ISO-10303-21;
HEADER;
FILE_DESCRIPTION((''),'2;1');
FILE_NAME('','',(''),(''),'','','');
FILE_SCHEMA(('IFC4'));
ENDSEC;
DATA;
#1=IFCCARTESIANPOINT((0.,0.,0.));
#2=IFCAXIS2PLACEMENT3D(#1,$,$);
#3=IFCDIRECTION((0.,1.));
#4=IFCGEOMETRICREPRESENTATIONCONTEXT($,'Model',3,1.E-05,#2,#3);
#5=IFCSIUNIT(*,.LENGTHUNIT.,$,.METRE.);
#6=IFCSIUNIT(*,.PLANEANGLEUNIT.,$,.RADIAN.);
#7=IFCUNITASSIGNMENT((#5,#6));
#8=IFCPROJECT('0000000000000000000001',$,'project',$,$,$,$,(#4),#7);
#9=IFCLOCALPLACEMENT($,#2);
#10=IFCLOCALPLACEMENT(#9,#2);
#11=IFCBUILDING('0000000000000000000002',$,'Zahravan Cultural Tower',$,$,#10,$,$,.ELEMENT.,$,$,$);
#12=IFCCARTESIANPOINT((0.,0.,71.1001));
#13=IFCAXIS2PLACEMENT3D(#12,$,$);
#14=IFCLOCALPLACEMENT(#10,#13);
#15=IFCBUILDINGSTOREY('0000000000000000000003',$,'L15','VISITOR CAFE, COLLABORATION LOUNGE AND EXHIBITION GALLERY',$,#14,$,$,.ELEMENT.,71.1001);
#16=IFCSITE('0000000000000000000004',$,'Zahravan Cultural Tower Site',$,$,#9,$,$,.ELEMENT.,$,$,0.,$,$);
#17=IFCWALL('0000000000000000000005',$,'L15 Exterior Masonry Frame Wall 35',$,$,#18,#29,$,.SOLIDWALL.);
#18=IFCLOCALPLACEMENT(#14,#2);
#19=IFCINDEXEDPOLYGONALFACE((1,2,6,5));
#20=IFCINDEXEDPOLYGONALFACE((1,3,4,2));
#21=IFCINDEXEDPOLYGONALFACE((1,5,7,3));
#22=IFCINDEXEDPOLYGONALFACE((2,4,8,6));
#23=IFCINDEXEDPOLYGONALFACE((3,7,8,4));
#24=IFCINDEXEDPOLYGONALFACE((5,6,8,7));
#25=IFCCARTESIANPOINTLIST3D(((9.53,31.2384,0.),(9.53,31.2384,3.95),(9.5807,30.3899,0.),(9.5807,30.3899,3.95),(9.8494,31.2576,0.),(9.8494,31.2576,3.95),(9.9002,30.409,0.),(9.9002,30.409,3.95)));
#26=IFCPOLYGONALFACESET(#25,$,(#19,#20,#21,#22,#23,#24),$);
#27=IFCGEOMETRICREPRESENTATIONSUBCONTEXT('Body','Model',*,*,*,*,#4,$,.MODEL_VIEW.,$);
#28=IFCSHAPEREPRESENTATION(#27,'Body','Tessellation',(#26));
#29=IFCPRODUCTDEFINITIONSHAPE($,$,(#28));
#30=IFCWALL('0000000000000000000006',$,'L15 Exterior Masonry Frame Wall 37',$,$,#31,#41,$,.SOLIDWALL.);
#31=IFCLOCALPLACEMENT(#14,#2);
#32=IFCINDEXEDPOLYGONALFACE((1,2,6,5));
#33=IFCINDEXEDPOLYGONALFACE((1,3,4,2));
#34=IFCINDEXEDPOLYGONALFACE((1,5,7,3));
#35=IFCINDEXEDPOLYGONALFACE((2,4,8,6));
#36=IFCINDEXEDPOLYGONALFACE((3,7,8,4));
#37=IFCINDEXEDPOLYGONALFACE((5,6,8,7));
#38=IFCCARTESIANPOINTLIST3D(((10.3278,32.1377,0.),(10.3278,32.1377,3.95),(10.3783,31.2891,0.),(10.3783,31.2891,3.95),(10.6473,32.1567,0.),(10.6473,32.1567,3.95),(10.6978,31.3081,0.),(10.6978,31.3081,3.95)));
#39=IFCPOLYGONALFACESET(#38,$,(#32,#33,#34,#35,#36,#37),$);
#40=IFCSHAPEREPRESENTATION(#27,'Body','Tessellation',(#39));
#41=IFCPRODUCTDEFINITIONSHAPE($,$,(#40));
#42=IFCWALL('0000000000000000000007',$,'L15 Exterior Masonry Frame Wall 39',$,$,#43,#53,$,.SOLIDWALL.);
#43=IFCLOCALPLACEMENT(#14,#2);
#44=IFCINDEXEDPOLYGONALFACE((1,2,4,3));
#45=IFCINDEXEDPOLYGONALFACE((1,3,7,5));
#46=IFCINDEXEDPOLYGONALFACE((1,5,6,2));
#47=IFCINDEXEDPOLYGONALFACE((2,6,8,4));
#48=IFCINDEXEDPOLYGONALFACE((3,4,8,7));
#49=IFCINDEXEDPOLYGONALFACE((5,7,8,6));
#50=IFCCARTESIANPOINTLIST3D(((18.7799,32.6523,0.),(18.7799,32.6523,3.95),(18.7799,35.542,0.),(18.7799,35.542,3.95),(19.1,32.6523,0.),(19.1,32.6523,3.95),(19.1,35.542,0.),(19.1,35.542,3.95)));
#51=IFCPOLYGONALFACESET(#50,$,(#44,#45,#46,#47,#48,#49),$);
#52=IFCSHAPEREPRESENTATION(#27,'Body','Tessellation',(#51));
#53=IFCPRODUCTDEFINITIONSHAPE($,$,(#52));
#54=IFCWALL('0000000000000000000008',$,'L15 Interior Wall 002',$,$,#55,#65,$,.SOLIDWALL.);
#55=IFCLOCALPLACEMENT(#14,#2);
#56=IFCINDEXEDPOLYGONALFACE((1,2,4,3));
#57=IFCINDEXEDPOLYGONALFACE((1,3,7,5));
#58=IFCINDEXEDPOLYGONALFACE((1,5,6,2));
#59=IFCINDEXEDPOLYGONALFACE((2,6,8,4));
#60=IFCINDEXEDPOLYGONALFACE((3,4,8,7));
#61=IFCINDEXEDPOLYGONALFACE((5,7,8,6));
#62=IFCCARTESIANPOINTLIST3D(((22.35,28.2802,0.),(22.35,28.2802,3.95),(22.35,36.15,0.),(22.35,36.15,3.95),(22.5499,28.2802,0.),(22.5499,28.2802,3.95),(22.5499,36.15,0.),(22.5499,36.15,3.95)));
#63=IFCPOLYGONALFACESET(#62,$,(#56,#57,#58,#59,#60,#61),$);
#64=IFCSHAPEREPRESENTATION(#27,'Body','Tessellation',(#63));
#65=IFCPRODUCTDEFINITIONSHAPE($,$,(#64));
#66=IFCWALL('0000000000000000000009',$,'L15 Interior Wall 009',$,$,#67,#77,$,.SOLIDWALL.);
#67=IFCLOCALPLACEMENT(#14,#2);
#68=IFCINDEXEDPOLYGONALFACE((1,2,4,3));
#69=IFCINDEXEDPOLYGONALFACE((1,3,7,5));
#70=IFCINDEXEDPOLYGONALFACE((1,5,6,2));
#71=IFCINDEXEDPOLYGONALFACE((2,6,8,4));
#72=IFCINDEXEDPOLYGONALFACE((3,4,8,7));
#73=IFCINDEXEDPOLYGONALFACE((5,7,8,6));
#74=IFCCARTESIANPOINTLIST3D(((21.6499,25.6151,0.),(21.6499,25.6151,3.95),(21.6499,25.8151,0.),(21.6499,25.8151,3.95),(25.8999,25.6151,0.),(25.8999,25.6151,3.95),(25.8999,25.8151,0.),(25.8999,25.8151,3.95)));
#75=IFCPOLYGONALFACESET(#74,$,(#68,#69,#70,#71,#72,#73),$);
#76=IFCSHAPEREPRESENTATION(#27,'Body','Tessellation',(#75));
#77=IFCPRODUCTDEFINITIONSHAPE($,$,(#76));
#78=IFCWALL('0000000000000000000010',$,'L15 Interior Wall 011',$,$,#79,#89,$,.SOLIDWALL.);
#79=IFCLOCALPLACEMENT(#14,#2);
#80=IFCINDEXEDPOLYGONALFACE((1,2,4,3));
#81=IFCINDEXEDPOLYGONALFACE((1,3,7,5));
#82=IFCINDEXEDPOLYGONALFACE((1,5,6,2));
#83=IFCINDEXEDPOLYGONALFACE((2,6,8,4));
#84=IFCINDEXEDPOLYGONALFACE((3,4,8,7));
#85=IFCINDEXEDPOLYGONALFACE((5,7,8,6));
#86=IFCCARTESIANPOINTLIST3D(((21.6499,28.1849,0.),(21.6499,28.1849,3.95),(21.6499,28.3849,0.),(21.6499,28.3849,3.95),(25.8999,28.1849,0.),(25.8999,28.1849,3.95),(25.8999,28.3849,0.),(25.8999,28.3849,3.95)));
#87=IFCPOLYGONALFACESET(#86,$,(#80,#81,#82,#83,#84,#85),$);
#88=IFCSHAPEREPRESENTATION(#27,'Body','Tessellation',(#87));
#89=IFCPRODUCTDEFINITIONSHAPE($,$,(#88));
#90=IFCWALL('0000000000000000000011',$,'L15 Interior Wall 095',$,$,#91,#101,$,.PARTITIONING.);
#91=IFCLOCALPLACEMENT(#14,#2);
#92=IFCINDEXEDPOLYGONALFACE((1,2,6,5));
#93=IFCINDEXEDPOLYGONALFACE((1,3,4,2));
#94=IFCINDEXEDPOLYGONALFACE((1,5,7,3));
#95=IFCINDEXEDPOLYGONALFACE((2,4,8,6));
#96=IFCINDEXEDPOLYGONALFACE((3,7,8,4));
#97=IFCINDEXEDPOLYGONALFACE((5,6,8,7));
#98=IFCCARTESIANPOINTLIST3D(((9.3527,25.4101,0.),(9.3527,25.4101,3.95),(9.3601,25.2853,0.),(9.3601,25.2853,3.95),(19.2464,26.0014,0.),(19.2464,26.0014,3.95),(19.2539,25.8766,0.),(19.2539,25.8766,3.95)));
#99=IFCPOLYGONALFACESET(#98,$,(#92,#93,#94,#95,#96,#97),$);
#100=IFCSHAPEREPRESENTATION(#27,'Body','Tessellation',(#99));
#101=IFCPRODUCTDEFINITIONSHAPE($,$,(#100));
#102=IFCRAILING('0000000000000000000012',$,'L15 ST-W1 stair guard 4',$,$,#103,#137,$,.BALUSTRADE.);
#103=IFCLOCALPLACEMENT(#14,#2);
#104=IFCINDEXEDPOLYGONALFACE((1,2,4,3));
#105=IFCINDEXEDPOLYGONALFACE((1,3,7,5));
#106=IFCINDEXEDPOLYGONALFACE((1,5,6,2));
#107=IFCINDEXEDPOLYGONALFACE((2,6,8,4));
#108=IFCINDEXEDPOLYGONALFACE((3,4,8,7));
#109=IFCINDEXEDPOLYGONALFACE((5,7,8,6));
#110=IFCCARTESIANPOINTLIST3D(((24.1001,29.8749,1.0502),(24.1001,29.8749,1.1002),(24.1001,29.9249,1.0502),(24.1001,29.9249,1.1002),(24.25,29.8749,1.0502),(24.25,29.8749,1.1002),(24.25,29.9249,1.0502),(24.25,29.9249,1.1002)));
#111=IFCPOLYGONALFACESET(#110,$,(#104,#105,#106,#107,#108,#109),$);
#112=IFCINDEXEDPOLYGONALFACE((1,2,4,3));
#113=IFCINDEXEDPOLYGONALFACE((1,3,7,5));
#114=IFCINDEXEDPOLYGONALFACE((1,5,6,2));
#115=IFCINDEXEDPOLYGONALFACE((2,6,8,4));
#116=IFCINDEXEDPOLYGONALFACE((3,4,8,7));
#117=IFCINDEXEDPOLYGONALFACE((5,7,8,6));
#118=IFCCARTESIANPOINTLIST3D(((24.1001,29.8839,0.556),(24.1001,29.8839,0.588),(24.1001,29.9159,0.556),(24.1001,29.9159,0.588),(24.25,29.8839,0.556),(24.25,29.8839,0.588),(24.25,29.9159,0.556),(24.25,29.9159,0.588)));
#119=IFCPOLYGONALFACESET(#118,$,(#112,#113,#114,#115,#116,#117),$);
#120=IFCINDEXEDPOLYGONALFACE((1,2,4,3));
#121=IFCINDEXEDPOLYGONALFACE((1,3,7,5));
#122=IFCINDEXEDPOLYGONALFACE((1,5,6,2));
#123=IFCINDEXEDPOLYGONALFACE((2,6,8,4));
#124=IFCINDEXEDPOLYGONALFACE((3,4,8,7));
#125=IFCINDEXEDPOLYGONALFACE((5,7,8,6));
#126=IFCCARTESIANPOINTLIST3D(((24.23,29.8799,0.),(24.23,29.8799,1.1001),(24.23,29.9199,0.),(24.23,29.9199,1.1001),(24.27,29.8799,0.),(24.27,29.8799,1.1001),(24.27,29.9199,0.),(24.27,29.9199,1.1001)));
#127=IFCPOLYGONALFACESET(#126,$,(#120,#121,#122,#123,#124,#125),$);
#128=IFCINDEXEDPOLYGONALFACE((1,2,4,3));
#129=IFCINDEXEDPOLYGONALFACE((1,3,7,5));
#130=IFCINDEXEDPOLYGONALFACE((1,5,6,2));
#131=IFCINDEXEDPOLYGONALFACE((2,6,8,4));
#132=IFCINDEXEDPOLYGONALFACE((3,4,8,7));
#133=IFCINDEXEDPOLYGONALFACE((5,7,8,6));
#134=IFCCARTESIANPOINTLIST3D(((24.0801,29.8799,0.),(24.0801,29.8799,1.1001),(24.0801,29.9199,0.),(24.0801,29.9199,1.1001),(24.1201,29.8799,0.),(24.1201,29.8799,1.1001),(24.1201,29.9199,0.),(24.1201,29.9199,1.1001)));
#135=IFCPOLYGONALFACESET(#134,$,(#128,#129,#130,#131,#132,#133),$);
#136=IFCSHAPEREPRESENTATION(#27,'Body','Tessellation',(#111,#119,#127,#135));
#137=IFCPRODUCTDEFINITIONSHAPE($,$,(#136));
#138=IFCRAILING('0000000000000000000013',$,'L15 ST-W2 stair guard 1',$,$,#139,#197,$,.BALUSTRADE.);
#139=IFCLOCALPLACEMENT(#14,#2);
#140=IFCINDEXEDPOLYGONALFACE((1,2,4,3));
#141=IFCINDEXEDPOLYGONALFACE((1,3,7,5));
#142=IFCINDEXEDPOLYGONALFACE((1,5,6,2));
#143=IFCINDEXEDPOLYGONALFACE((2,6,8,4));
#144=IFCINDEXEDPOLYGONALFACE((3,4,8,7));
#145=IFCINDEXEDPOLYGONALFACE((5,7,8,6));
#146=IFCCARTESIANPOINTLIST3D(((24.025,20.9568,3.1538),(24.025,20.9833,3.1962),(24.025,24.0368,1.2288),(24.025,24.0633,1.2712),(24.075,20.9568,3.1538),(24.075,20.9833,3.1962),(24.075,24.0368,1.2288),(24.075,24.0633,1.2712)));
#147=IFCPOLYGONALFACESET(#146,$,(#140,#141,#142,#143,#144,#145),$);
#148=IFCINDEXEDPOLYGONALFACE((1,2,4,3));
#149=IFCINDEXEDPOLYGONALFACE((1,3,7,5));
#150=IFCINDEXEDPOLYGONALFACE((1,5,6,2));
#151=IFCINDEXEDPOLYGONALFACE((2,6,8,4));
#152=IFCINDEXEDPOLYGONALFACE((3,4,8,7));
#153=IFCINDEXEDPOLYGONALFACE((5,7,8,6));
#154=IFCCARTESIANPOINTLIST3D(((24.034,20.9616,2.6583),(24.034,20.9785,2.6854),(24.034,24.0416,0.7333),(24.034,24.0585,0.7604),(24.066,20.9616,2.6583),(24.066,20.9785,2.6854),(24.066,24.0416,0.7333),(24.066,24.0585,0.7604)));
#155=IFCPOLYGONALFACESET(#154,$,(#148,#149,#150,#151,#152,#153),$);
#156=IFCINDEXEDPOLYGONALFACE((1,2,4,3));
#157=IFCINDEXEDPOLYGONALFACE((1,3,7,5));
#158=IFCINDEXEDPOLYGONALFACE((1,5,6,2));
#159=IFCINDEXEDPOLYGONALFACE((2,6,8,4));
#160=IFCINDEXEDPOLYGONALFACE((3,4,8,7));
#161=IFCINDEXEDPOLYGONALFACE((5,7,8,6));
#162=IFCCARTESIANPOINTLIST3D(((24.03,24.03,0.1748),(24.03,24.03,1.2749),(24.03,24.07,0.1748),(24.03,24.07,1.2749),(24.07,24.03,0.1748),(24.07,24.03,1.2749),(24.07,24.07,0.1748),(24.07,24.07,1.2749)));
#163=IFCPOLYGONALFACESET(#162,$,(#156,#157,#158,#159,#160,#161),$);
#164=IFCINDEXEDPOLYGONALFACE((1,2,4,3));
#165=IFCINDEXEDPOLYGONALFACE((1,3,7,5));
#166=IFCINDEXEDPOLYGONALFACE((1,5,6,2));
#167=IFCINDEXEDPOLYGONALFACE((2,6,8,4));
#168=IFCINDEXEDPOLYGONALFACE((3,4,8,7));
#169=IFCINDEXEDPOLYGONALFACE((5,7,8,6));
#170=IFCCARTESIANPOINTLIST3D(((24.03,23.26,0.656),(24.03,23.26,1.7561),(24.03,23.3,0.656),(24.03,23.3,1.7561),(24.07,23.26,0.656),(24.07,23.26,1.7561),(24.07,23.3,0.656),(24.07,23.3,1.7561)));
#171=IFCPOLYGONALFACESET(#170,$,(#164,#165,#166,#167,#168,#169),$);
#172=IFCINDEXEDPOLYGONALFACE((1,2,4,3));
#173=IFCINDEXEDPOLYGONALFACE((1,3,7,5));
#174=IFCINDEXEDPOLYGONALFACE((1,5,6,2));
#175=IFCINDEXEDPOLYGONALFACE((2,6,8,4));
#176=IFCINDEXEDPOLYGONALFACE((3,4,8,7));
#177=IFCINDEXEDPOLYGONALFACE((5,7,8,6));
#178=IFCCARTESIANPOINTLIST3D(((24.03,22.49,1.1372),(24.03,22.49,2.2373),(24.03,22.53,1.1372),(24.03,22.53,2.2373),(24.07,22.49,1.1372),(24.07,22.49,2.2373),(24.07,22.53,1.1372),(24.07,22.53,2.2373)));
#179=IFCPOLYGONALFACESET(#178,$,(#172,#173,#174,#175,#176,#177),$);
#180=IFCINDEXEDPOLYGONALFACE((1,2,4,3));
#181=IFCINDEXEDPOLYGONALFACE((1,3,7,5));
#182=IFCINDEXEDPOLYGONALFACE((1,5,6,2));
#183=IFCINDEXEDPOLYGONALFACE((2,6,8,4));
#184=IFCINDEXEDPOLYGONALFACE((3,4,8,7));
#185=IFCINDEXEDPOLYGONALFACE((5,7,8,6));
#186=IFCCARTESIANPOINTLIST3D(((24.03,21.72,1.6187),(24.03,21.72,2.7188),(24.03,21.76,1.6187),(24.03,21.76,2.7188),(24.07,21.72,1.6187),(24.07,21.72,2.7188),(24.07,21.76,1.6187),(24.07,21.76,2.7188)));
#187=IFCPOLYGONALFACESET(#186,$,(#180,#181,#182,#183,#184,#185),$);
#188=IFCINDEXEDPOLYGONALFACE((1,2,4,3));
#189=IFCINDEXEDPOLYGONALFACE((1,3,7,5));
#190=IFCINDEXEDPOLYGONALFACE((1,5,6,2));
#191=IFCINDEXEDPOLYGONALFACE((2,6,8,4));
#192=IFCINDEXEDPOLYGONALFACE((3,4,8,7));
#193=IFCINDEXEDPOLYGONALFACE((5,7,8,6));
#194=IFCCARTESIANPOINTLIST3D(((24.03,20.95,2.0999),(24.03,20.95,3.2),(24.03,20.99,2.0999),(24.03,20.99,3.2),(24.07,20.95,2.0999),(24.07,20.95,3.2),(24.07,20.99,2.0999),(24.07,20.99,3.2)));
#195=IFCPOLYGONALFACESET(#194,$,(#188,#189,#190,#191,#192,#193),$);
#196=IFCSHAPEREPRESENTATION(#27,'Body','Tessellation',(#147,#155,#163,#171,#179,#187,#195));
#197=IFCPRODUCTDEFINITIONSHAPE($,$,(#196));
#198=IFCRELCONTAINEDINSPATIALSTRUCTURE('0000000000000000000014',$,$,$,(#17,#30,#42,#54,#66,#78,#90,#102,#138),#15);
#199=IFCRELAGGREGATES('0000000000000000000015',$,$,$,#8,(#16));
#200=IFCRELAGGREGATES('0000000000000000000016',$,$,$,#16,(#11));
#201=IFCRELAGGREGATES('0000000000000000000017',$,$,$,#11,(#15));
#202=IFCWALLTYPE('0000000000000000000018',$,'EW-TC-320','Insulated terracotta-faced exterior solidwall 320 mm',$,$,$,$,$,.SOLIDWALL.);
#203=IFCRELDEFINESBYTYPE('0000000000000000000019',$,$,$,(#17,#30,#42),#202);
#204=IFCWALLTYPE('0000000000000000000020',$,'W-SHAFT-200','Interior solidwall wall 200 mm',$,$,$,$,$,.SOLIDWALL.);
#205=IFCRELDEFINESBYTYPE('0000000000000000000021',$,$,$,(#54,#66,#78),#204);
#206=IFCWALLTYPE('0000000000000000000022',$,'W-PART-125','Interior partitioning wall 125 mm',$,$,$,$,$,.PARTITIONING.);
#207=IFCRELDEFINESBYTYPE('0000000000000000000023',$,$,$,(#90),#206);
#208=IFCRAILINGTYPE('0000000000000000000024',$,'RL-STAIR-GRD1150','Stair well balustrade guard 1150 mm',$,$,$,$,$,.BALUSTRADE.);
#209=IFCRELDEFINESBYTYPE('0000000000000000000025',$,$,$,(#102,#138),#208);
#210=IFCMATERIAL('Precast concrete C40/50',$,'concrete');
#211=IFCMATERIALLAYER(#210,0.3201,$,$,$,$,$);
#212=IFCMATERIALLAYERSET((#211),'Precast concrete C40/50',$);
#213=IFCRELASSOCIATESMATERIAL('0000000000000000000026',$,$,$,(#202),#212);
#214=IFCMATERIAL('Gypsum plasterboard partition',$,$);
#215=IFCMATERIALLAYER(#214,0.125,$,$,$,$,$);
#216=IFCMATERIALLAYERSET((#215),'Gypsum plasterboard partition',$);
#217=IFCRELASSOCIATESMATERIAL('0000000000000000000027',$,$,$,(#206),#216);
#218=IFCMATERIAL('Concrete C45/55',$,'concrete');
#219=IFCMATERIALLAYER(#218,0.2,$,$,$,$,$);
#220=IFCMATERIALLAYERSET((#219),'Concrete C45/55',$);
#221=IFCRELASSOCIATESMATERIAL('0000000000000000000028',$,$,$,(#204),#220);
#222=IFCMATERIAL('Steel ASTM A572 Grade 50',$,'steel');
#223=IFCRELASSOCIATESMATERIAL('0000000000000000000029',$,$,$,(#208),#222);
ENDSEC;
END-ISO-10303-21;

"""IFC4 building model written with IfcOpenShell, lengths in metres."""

from ifc_helpers import new_model, si_unit, direction, frame, frame_2d, origin, origin_2d, place, context, subcontext, project, spatial, rectangle, extrude, source, transform, mapped, material, layer, layer_set, type_object, element, save


model = new_model("IFC4")

# Units and contexts
model_context = context("Model", 3, precision=1e-05, world=origin(), true_north=direction((0.0, 1.0)))
body_context = subcontext(model_context, "Body", "Model", "MODEL_VIEW")
ifc_project = project(units=[si_unit("LENGTHUNIT", "METRE"), si_unit("PLANEANGLEUNIT", "RADIAN")], contexts=[model_context])

# Site, building, storey
site_placement = place(None, origin())
site = spatial("IfcSite", under=ifc_project, at=site_placement, Name="Zahravan Cultural Tower Site", CompositionType="ELEMENT", RefElevation=0.0)
building_placement = place(site_placement, origin())
building = spatial("IfcBuilding", under=site, at=building_placement, Name="Zahravan Cultural Tower", CompositionType="ELEMENT")
storey_placement = place(building_placement, frame((0.0, 0.0, 71.1001)))
storey = spatial("IfcBuildingStorey", under=building, at=storey_placement, Name="L15", Description="VISITOR CAFE, COLLABORATION LOUNGE AND EXHIBITION GALLERY", CompositionType="ELEMENT", Elevation=71.1001)

# Shared definitions
ifc_material_1 = material(Name="Steel ASTM A572 Grade 50", Category="steel")

# Shared definitions
ifc_material_2 = material(Name="Precast concrete C40/50", Category="concrete")
ifc_layer_1 = layer(ifc_material_2, 0.3201)
ifc_layer_set_1 = layer_set([ifc_layer_1], Name="Precast concrete C40/50")
wall_type_1 = type_object("IfcWallType", Name="EW-TC-320", Description="Insulated terracotta-faced exterior solidwall 320 mm", PredefinedType="SOLIDWALL", material=ifc_layer_set_1)

# Shared definitions
ifc_material_3 = material(Name="Gypsum plasterboard partition")
ifc_layer_2 = layer(ifc_material_3, 0.125)
ifc_layer_set_2 = layer_set([ifc_layer_2], Name="Gypsum plasterboard partition")
wall_type_2 = type_object("IfcWallType", Name="W-PART-125", Description="Interior partitioning wall 125 mm", PredefinedType="PARTITIONING", material=ifc_layer_set_2)

# Walls
shared_shape_1 = source(origin(), body_context, "Body", "SweptSolid", [
    extrude(rectangle(XDim=0.8501, YDim=0.3201, at=frame_2d((0.425, 0.0))), origin(), (0.0, 0.0, 1.0), 3.95),
])
for number, where, z_axis, x_axis, name in (
    (1, (9.7405, 30.3994, 0.0), (0.0, 0.0, 1.0), (-0.059732, 0.998214, 0.0), "L15 Exterior Masonry Frame Wall 35"),
    (2, (10.5381, 31.2986, 0.0), (0.0, 0.0, 1.0), (-0.059446, 0.998232, 0.0), "L15 Exterior Masonry Frame Wall 37"),
):
    element("IfcWall", number, at=place(storey_placement, frame(where, z_axis=z_axis, x_axis=x_axis)), inside=storey, type_object=wall_type_1, Name=name, PredefinedType="SOLIDWALL", context=body_context, shape_type="MappedRepresentation", body=[
        mapped(shared_shape_1, transform((0.0, 0.0, 0.0), x_axis=(1.0, 0.0, 0.0), y_axis=(0.0, 1.0, 0.0), z_axis=(0.0, 0.0, 1.0), scale=1.0)),
    ])
shared_shape_2 = source(origin(), body_context, "Body", "SweptSolid", [
    extrude(rectangle(XDim=2.8896, YDim=0.3201, at=frame_2d((1.4448, 0.0))), origin(), (0.0, 0.0, 1.0), 3.95),
])
wall_1_placement = place(storey_placement, frame((18.9399, 32.6523, 0.0), z_axis=(0.0, 0.0, 1.0), x_axis=(0.0, 1.0, 0.0)))
element("IfcWall", 3, at=wall_1_placement, inside=storey, type_object=wall_type_1, Name="L15 Exterior Masonry Frame Wall 39", PredefinedType="SOLIDWALL", context=body_context, shape_type="MappedRepresentation", body=[
    mapped(shared_shape_2, transform((0.0, 0.0, 0.0), x_axis=(1.0, 0.0, 0.0), y_axis=(0.0, 1.0, 0.0), z_axis=(0.0, 0.0, 1.0), scale=1.0)),
])
ifc_material_4 = material(Name="Concrete C45/55", Category="concrete")
ifc_layer_3 = layer(ifc_material_4, 0.2)
ifc_layer_set_3 = layer_set([ifc_layer_3], Name="Concrete C45/55")
wall_type_3 = type_object("IfcWallType", Name="W-SHAFT-200", Description="Interior solidwall wall 200 mm", PredefinedType="SOLIDWALL", material=ifc_layer_set_3)
shared_shape_3 = source(origin(), body_context, "Body", "SweptSolid", [
    extrude(rectangle(XDim=7.8699, YDim=0.2, at=frame_2d((3.9351, 0.0))), origin(), (0.0, 0.0, 1.0), 3.95),
])
wall_2_placement = place(storey_placement, frame((22.45, 28.28, 0.0), z_axis=(0.0, 0.0, 1.0), x_axis=(0.0, 1.0, 0.0)))
element("IfcWall", 4, at=wall_2_placement, inside=storey, type_object=wall_type_3, Name="L15 Interior Wall 002", PredefinedType="SOLIDWALL", context=body_context, shape_type="MappedRepresentation", body=[
    mapped(shared_shape_3, transform((0.0, 0.0, 0.0), x_axis=(1.0, 0.0, 0.0), y_axis=(0.0, 1.0, 0.0), z_axis=(0.0, 0.0, 1.0), scale=1.0)),
])
shared_shape_4 = source(origin(), body_context, "Body", "SweptSolid", [
    extrude(rectangle(XDim=4.25, YDim=0.2, at=frame_2d((2.125, 0.0))), origin(), (0.0, 0.0, 1.0), 3.95),
])
for number, where, z_axis, x_axis, name in (
    (5, (21.6499, 25.7151, 0.0), (0.0, 0.0, 1.0), (1.0, 0.0, 0.0), "L15 Interior Wall 009"),
    (6, (21.6499, 28.2849, 0.0), (0.0, 0.0, 1.0), (1.0, 0.0, 0.0), "L15 Interior Wall 011"),
):
    element("IfcWall", number, at=place(storey_placement, frame(where, z_axis=z_axis, x_axis=x_axis)), inside=storey, type_object=wall_type_3, Name=name, PredefinedType="SOLIDWALL", context=body_context, shape_type="MappedRepresentation", body=[
        mapped(shared_shape_4, transform((0.0, 0.0, 0.0), x_axis=(1.0, 0.0, 0.0), y_axis=(0.0, 1.0, 0.0), z_axis=(0.0, 0.0, 1.0), scale=1.0)),
    ])
shared_shape_5 = source(origin(), body_context, "Body", "SweptSolid", [
    extrude(rectangle(XDim=9.9114, YDim=0.125, at=frame_2d((4.9556, 0.0))), origin(), (0.0, 0.0, 1.0), 3.95),
])
wall_3_placement = place(storey_placement, frame((19.25, 25.939, 0.0), z_axis=(0.0, 0.0, 1.0), x_axis=(-0.998219, -0.059659, 0.0)))
element("IfcWall", 7, at=wall_3_placement, inside=storey, type_object=wall_type_2, Name="L15 Interior Wall 095", PredefinedType="PARTITIONING", context=body_context, shape_type="MappedRepresentation", body=[
    mapped(shared_shape_5, transform((0.0, 0.0, 0.0), x_axis=(1.0, 0.0, 0.0), y_axis=(0.0, 1.0, 0.0), z_axis=(0.0, 0.0, 1.0), scale=1.0)),
])

# Railings
railing_type = type_object("IfcRailingType", Name="RL-STAIR-GRD1150", Description="Stair well balustrade guard 1150 mm", PredefinedType="BALUSTRADE", material=ifc_material_1)
railing_1_placement = place(storey_placement, frame((24.25, 29.8999, 0.0)))
element("IfcRailing", 8, at=railing_1_placement, inside=storey, type_object=railing_type, Name="L15 ST-W1 stair guard 4", PredefinedType="BALUSTRADE", context=body_context, shape_type="SweptSolid", body=[
    extrude(rectangle(XDim=0.05, YDim=0.05, at=origin_2d()), frame((0.0, 0.0, 1.0752), z_axis=(-1.0, 0.0, 0.0), x_axis=(0.0, -1.0, 0.0)), (0.0, 0.0, 1.0), 0.1499),
    extrude(rectangle(XDim=0.032, YDim=0.032, at=origin_2d()), frame((0.0, 0.0, 0.572), z_axis=(-1.0, 0.0, 0.0), x_axis=(0.0, -1.0, 0.0)), (0.0, 0.0, 1.0), 0.1499),
    extrude(rectangle(XDim=0.04, YDim=0.04, at=origin_2d()), origin(), (0.0, 0.0, 1.0), 1.1001),
    extrude(rectangle(XDim=0.04, YDim=0.04, at=origin_2d()), frame((-0.1499, 0.0, 0.0)), (0.0, 0.0, 1.0), 1.1001),
])
railing_2_placement = place(storey_placement, frame((24.05, 24.05, 0.1748)))
element("IfcRailing", 9, at=railing_2_placement, inside=storey, type_object=railing_type, Name="L15 ST-W2 stair guard 1", PredefinedType="BALUSTRADE", context=body_context, shape_type="SweptSolid", body=[
    extrude(rectangle(XDim=0.05, YDim=0.05, at=origin_2d()), frame((0.0, 0.0, 1.0752), z_axis=(0.0, -0.847998, 0.529999), x_axis=(1.0, 0.0, 0.0)), (0.0, 0.0, 1.0), 3.6321),
    extrude(rectangle(XDim=0.032, YDim=0.032, at=origin_2d()), frame((0.0, 0.0, 0.572), z_axis=(0.0, -0.847998, 0.529999), x_axis=(1.0, 0.0, 0.0)), (0.0, 0.0, 1.0), 3.6321),
    extrude(rectangle(XDim=0.04, YDim=0.04, at=origin_2d()), origin(), (0.0, 0.0, 1.0), 1.1001),
    extrude(rectangle(XDim=0.04, YDim=0.04, at=origin_2d()), frame((0.0, -0.77, 0.4812)), (0.0, 0.0, 1.0), 1.1001),
    extrude(rectangle(XDim=0.04, YDim=0.04, at=origin_2d()), frame((0.0, -1.54, 0.9624)), (0.0, 0.0, 1.0), 1.1001),
    extrude(rectangle(XDim=0.04, YDim=0.04, at=origin_2d()), frame((0.0, -2.3101, 1.4438)), (0.0, 0.0, 1.0), 1.1001),
    extrude(rectangle(XDim=0.04, YDim=0.04, at=origin_2d()), frame((0.0, -3.0801, 1.925)), (0.0, 0.0, 1.0), 1.1001),
])

save(model, "model.ifc")
